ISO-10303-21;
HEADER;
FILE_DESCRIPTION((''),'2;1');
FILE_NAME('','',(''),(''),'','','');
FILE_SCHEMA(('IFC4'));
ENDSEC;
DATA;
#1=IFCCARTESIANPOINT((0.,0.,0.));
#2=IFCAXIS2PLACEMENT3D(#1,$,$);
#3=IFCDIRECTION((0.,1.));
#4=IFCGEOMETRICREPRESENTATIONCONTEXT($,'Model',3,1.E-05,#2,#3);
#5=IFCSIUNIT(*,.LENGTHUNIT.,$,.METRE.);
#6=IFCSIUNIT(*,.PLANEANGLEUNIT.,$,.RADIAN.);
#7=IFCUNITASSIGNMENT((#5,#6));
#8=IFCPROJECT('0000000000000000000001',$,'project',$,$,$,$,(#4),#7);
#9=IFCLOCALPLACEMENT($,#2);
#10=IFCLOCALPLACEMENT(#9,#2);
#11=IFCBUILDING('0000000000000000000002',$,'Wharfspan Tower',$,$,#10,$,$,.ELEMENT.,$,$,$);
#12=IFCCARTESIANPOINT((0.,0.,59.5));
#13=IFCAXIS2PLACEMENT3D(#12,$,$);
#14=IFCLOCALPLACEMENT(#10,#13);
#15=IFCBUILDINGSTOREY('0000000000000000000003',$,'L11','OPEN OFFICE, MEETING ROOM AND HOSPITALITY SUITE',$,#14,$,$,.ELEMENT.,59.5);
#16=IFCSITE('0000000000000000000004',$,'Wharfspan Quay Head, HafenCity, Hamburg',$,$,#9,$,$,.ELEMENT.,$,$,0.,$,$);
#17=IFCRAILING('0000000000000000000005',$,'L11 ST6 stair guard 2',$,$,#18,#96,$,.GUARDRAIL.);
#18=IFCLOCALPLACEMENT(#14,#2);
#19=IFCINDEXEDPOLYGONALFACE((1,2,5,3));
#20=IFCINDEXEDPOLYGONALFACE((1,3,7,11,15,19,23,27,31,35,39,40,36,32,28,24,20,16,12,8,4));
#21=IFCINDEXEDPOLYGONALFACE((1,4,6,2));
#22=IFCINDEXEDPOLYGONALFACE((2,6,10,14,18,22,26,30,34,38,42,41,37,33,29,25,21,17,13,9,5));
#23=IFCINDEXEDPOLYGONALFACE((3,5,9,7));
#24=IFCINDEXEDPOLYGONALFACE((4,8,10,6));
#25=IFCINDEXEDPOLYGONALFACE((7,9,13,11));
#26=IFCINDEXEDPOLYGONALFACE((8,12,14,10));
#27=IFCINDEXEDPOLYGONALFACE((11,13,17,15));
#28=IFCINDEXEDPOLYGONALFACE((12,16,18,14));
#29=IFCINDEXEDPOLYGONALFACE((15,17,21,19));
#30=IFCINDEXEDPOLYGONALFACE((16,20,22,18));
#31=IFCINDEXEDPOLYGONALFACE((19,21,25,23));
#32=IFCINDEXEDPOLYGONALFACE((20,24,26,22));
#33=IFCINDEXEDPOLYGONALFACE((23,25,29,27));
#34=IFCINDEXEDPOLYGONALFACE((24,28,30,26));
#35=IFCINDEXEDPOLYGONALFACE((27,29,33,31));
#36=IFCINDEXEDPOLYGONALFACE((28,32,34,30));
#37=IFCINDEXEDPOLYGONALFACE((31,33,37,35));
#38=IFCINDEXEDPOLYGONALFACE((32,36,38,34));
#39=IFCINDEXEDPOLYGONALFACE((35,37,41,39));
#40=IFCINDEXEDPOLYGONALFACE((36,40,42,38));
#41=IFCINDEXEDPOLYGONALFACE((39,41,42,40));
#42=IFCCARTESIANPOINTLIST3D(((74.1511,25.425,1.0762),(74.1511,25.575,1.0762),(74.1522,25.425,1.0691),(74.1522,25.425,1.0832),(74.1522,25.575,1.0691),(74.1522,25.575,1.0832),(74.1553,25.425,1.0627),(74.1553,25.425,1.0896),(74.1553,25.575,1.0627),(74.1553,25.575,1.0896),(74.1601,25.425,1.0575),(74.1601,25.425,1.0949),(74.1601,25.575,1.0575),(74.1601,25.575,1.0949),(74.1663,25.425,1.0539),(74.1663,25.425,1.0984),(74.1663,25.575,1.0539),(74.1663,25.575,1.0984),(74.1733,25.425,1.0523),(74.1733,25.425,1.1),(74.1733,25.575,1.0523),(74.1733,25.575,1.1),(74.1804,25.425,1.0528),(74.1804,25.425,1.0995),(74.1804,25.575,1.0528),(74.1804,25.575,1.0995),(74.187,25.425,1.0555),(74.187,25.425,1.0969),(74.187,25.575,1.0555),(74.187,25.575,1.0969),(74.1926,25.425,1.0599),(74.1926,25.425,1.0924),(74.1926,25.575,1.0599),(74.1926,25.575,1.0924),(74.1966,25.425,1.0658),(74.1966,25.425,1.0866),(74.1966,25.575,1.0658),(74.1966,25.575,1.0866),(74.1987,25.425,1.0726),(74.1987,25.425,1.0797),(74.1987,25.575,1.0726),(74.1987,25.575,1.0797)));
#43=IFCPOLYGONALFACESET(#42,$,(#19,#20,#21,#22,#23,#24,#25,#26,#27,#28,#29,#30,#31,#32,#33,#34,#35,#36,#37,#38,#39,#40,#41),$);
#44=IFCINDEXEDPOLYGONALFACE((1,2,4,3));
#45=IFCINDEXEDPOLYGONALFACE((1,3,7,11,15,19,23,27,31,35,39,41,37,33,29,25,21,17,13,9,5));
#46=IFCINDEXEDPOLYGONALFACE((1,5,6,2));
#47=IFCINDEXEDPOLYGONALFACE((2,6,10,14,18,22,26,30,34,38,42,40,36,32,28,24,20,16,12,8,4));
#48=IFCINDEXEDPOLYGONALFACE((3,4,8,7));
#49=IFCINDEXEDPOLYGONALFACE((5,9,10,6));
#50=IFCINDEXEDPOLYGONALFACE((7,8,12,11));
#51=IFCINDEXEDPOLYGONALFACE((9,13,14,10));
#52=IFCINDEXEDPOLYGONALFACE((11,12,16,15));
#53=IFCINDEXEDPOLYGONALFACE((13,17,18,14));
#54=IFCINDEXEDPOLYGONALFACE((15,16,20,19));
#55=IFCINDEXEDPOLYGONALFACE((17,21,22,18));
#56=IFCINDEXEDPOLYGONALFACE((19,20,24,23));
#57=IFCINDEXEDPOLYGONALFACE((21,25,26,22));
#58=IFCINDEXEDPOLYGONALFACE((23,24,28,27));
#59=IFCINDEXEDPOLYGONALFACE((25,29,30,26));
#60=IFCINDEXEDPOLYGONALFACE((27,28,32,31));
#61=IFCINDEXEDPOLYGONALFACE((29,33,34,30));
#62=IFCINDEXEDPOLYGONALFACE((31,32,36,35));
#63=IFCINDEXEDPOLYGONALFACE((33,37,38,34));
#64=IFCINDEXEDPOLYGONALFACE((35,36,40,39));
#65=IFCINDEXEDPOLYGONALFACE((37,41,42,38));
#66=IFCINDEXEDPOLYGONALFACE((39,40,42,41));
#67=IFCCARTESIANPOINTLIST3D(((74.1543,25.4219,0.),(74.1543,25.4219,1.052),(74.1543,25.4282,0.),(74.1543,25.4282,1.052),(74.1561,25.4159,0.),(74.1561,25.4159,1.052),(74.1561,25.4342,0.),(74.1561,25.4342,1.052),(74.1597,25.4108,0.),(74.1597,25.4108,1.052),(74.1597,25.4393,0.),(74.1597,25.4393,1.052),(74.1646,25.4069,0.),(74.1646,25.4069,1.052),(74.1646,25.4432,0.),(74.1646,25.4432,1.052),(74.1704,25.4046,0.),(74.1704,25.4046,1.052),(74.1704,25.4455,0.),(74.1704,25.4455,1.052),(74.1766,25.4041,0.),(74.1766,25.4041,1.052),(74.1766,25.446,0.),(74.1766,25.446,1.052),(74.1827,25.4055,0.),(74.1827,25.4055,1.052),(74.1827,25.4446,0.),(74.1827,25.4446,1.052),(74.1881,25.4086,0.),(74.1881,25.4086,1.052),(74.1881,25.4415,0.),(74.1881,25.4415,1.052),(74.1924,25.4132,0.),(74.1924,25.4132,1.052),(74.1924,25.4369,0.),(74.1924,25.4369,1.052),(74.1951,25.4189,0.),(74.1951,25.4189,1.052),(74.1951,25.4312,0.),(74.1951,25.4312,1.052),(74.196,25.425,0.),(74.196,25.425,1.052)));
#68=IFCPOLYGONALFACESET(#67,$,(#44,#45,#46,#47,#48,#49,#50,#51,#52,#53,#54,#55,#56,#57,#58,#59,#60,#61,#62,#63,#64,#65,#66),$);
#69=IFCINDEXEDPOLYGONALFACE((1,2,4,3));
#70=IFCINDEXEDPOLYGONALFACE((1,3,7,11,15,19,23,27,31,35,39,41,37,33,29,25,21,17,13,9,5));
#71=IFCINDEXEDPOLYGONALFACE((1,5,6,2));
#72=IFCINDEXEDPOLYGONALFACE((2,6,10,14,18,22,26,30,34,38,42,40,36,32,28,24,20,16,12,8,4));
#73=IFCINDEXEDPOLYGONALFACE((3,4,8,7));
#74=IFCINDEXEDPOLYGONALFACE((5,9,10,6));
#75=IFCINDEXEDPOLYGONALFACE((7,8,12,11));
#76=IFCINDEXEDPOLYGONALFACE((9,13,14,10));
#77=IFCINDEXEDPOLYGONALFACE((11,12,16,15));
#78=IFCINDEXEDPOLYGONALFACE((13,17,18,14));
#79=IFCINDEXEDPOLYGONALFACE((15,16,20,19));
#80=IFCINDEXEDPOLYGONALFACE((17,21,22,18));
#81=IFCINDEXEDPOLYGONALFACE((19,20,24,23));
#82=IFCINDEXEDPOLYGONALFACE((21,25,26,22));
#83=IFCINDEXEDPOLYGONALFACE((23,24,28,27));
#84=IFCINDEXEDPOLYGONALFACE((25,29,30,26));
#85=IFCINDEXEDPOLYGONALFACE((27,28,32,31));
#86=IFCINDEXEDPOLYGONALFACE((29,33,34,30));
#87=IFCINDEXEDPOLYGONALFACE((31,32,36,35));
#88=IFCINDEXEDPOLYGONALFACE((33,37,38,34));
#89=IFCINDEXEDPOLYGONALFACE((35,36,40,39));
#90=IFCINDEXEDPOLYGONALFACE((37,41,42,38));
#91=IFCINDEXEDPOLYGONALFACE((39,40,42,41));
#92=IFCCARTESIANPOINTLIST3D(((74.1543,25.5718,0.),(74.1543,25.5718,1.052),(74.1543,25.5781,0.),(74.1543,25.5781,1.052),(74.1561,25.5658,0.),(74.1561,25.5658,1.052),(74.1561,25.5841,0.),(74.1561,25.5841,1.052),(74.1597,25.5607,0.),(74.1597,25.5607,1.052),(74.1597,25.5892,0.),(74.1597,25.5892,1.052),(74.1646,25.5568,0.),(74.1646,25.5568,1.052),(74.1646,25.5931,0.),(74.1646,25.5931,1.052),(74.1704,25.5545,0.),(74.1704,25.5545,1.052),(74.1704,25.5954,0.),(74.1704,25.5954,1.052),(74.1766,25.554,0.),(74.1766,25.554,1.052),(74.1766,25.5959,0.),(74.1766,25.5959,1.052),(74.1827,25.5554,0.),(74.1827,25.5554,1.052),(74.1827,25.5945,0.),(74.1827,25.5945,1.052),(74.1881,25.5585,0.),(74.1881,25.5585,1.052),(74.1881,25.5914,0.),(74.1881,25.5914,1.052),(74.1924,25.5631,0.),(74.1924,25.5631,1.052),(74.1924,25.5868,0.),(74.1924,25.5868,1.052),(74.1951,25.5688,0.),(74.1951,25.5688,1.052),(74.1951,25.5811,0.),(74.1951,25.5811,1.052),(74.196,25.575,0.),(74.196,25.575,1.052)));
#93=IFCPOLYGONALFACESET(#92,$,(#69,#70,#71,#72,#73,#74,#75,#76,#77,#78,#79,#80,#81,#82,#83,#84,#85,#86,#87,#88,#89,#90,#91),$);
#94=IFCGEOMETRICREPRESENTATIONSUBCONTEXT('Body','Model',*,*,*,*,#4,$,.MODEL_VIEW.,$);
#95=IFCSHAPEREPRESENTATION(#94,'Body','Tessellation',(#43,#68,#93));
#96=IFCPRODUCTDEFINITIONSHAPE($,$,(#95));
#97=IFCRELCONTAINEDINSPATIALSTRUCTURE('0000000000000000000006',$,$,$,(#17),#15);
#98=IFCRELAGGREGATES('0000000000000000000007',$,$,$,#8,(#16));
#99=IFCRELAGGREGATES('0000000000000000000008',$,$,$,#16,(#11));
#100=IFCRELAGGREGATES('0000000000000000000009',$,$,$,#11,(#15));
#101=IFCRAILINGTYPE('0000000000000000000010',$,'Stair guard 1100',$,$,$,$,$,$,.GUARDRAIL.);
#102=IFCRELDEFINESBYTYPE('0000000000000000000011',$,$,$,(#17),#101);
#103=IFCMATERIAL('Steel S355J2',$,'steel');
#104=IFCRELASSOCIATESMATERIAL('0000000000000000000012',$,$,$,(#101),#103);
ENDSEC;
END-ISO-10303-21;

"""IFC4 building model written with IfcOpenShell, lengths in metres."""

from ifc_helpers import new_model, si_unit, direction, frame, origin, origin_2d, place, context, subcontext, project, spatial, circle, extrude, material, type_object, element, save


model = new_model("IFC4")

# Units and contexts
model_context = context("Model", 3, precision=1e-05, world=origin(), true_north=direction((0.0, 1.0)))
body_context = subcontext(model_context, "Body", "Model", "MODEL_VIEW")
ifc_project = project(units=[si_unit("LENGTHUNIT", "METRE"), si_unit("PLANEANGLEUNIT", "RADIAN")], contexts=[model_context])

# Site, building, storey
site_placement = place(None, origin())
site = spatial("IfcSite", under=ifc_project, at=site_placement, Name="Wharfspan Quay Head, HafenCity, Hamburg", CompositionType="ELEMENT", RefElevation=0.0)
building_placement = place(site_placement, origin())
building = spatial("IfcBuilding", under=site, at=building_placement, Name="Wharfspan Tower", CompositionType="ELEMENT")
storey_placement = place(building_placement, frame((0.0, 0.0, 59.5)))
storey = spatial("IfcBuildingStorey", under=building, at=storey_placement, Name="L11", Description="OPEN OFFICE, MEETING ROOM AND HOSPITALITY SUITE", CompositionType="ELEMENT", Elevation=59.5)

# Shared definitions
ifc_material_1 = material(Name="Steel S355J2", Category="steel")

# Railing
railing_type_1 = type_object("IfcRailingType", Name="Stair guard 1100", PredefinedType="GUARDRAIL", material=ifc_material_1)
railing_1_placement = place(storey_placement, frame((74.175, 25.425, 0.0)))
element("IfcRailing", 1, at=railing_1_placement, inside=storey, type_object=railing_type_1, Name="L11 ST6 stair guard 2", PredefinedType="GUARDRAIL", context=body_context, shape_type="SweptSolid", body=[
    extrude(circle(Radius=0.0239, at=origin_2d()), frame((0.0, 0.0, 1.0762), z_axis=(0.0, 1.0, 0.0), x_axis=(-1.0, 0.0, 0.0)), (0.0, 0.0, 1.0), 0.1499),
    extrude(circle(Radius=0.021, at=origin_2d()), origin(), (0.0, 0.0, 1.0), 1.052),
    extrude(circle(Radius=0.021, at=origin_2d()), frame((0.0, 0.1499, 0.0)), (0.0, 0.0, 1.0), 1.052),
])

save(model, "model.ifc")
